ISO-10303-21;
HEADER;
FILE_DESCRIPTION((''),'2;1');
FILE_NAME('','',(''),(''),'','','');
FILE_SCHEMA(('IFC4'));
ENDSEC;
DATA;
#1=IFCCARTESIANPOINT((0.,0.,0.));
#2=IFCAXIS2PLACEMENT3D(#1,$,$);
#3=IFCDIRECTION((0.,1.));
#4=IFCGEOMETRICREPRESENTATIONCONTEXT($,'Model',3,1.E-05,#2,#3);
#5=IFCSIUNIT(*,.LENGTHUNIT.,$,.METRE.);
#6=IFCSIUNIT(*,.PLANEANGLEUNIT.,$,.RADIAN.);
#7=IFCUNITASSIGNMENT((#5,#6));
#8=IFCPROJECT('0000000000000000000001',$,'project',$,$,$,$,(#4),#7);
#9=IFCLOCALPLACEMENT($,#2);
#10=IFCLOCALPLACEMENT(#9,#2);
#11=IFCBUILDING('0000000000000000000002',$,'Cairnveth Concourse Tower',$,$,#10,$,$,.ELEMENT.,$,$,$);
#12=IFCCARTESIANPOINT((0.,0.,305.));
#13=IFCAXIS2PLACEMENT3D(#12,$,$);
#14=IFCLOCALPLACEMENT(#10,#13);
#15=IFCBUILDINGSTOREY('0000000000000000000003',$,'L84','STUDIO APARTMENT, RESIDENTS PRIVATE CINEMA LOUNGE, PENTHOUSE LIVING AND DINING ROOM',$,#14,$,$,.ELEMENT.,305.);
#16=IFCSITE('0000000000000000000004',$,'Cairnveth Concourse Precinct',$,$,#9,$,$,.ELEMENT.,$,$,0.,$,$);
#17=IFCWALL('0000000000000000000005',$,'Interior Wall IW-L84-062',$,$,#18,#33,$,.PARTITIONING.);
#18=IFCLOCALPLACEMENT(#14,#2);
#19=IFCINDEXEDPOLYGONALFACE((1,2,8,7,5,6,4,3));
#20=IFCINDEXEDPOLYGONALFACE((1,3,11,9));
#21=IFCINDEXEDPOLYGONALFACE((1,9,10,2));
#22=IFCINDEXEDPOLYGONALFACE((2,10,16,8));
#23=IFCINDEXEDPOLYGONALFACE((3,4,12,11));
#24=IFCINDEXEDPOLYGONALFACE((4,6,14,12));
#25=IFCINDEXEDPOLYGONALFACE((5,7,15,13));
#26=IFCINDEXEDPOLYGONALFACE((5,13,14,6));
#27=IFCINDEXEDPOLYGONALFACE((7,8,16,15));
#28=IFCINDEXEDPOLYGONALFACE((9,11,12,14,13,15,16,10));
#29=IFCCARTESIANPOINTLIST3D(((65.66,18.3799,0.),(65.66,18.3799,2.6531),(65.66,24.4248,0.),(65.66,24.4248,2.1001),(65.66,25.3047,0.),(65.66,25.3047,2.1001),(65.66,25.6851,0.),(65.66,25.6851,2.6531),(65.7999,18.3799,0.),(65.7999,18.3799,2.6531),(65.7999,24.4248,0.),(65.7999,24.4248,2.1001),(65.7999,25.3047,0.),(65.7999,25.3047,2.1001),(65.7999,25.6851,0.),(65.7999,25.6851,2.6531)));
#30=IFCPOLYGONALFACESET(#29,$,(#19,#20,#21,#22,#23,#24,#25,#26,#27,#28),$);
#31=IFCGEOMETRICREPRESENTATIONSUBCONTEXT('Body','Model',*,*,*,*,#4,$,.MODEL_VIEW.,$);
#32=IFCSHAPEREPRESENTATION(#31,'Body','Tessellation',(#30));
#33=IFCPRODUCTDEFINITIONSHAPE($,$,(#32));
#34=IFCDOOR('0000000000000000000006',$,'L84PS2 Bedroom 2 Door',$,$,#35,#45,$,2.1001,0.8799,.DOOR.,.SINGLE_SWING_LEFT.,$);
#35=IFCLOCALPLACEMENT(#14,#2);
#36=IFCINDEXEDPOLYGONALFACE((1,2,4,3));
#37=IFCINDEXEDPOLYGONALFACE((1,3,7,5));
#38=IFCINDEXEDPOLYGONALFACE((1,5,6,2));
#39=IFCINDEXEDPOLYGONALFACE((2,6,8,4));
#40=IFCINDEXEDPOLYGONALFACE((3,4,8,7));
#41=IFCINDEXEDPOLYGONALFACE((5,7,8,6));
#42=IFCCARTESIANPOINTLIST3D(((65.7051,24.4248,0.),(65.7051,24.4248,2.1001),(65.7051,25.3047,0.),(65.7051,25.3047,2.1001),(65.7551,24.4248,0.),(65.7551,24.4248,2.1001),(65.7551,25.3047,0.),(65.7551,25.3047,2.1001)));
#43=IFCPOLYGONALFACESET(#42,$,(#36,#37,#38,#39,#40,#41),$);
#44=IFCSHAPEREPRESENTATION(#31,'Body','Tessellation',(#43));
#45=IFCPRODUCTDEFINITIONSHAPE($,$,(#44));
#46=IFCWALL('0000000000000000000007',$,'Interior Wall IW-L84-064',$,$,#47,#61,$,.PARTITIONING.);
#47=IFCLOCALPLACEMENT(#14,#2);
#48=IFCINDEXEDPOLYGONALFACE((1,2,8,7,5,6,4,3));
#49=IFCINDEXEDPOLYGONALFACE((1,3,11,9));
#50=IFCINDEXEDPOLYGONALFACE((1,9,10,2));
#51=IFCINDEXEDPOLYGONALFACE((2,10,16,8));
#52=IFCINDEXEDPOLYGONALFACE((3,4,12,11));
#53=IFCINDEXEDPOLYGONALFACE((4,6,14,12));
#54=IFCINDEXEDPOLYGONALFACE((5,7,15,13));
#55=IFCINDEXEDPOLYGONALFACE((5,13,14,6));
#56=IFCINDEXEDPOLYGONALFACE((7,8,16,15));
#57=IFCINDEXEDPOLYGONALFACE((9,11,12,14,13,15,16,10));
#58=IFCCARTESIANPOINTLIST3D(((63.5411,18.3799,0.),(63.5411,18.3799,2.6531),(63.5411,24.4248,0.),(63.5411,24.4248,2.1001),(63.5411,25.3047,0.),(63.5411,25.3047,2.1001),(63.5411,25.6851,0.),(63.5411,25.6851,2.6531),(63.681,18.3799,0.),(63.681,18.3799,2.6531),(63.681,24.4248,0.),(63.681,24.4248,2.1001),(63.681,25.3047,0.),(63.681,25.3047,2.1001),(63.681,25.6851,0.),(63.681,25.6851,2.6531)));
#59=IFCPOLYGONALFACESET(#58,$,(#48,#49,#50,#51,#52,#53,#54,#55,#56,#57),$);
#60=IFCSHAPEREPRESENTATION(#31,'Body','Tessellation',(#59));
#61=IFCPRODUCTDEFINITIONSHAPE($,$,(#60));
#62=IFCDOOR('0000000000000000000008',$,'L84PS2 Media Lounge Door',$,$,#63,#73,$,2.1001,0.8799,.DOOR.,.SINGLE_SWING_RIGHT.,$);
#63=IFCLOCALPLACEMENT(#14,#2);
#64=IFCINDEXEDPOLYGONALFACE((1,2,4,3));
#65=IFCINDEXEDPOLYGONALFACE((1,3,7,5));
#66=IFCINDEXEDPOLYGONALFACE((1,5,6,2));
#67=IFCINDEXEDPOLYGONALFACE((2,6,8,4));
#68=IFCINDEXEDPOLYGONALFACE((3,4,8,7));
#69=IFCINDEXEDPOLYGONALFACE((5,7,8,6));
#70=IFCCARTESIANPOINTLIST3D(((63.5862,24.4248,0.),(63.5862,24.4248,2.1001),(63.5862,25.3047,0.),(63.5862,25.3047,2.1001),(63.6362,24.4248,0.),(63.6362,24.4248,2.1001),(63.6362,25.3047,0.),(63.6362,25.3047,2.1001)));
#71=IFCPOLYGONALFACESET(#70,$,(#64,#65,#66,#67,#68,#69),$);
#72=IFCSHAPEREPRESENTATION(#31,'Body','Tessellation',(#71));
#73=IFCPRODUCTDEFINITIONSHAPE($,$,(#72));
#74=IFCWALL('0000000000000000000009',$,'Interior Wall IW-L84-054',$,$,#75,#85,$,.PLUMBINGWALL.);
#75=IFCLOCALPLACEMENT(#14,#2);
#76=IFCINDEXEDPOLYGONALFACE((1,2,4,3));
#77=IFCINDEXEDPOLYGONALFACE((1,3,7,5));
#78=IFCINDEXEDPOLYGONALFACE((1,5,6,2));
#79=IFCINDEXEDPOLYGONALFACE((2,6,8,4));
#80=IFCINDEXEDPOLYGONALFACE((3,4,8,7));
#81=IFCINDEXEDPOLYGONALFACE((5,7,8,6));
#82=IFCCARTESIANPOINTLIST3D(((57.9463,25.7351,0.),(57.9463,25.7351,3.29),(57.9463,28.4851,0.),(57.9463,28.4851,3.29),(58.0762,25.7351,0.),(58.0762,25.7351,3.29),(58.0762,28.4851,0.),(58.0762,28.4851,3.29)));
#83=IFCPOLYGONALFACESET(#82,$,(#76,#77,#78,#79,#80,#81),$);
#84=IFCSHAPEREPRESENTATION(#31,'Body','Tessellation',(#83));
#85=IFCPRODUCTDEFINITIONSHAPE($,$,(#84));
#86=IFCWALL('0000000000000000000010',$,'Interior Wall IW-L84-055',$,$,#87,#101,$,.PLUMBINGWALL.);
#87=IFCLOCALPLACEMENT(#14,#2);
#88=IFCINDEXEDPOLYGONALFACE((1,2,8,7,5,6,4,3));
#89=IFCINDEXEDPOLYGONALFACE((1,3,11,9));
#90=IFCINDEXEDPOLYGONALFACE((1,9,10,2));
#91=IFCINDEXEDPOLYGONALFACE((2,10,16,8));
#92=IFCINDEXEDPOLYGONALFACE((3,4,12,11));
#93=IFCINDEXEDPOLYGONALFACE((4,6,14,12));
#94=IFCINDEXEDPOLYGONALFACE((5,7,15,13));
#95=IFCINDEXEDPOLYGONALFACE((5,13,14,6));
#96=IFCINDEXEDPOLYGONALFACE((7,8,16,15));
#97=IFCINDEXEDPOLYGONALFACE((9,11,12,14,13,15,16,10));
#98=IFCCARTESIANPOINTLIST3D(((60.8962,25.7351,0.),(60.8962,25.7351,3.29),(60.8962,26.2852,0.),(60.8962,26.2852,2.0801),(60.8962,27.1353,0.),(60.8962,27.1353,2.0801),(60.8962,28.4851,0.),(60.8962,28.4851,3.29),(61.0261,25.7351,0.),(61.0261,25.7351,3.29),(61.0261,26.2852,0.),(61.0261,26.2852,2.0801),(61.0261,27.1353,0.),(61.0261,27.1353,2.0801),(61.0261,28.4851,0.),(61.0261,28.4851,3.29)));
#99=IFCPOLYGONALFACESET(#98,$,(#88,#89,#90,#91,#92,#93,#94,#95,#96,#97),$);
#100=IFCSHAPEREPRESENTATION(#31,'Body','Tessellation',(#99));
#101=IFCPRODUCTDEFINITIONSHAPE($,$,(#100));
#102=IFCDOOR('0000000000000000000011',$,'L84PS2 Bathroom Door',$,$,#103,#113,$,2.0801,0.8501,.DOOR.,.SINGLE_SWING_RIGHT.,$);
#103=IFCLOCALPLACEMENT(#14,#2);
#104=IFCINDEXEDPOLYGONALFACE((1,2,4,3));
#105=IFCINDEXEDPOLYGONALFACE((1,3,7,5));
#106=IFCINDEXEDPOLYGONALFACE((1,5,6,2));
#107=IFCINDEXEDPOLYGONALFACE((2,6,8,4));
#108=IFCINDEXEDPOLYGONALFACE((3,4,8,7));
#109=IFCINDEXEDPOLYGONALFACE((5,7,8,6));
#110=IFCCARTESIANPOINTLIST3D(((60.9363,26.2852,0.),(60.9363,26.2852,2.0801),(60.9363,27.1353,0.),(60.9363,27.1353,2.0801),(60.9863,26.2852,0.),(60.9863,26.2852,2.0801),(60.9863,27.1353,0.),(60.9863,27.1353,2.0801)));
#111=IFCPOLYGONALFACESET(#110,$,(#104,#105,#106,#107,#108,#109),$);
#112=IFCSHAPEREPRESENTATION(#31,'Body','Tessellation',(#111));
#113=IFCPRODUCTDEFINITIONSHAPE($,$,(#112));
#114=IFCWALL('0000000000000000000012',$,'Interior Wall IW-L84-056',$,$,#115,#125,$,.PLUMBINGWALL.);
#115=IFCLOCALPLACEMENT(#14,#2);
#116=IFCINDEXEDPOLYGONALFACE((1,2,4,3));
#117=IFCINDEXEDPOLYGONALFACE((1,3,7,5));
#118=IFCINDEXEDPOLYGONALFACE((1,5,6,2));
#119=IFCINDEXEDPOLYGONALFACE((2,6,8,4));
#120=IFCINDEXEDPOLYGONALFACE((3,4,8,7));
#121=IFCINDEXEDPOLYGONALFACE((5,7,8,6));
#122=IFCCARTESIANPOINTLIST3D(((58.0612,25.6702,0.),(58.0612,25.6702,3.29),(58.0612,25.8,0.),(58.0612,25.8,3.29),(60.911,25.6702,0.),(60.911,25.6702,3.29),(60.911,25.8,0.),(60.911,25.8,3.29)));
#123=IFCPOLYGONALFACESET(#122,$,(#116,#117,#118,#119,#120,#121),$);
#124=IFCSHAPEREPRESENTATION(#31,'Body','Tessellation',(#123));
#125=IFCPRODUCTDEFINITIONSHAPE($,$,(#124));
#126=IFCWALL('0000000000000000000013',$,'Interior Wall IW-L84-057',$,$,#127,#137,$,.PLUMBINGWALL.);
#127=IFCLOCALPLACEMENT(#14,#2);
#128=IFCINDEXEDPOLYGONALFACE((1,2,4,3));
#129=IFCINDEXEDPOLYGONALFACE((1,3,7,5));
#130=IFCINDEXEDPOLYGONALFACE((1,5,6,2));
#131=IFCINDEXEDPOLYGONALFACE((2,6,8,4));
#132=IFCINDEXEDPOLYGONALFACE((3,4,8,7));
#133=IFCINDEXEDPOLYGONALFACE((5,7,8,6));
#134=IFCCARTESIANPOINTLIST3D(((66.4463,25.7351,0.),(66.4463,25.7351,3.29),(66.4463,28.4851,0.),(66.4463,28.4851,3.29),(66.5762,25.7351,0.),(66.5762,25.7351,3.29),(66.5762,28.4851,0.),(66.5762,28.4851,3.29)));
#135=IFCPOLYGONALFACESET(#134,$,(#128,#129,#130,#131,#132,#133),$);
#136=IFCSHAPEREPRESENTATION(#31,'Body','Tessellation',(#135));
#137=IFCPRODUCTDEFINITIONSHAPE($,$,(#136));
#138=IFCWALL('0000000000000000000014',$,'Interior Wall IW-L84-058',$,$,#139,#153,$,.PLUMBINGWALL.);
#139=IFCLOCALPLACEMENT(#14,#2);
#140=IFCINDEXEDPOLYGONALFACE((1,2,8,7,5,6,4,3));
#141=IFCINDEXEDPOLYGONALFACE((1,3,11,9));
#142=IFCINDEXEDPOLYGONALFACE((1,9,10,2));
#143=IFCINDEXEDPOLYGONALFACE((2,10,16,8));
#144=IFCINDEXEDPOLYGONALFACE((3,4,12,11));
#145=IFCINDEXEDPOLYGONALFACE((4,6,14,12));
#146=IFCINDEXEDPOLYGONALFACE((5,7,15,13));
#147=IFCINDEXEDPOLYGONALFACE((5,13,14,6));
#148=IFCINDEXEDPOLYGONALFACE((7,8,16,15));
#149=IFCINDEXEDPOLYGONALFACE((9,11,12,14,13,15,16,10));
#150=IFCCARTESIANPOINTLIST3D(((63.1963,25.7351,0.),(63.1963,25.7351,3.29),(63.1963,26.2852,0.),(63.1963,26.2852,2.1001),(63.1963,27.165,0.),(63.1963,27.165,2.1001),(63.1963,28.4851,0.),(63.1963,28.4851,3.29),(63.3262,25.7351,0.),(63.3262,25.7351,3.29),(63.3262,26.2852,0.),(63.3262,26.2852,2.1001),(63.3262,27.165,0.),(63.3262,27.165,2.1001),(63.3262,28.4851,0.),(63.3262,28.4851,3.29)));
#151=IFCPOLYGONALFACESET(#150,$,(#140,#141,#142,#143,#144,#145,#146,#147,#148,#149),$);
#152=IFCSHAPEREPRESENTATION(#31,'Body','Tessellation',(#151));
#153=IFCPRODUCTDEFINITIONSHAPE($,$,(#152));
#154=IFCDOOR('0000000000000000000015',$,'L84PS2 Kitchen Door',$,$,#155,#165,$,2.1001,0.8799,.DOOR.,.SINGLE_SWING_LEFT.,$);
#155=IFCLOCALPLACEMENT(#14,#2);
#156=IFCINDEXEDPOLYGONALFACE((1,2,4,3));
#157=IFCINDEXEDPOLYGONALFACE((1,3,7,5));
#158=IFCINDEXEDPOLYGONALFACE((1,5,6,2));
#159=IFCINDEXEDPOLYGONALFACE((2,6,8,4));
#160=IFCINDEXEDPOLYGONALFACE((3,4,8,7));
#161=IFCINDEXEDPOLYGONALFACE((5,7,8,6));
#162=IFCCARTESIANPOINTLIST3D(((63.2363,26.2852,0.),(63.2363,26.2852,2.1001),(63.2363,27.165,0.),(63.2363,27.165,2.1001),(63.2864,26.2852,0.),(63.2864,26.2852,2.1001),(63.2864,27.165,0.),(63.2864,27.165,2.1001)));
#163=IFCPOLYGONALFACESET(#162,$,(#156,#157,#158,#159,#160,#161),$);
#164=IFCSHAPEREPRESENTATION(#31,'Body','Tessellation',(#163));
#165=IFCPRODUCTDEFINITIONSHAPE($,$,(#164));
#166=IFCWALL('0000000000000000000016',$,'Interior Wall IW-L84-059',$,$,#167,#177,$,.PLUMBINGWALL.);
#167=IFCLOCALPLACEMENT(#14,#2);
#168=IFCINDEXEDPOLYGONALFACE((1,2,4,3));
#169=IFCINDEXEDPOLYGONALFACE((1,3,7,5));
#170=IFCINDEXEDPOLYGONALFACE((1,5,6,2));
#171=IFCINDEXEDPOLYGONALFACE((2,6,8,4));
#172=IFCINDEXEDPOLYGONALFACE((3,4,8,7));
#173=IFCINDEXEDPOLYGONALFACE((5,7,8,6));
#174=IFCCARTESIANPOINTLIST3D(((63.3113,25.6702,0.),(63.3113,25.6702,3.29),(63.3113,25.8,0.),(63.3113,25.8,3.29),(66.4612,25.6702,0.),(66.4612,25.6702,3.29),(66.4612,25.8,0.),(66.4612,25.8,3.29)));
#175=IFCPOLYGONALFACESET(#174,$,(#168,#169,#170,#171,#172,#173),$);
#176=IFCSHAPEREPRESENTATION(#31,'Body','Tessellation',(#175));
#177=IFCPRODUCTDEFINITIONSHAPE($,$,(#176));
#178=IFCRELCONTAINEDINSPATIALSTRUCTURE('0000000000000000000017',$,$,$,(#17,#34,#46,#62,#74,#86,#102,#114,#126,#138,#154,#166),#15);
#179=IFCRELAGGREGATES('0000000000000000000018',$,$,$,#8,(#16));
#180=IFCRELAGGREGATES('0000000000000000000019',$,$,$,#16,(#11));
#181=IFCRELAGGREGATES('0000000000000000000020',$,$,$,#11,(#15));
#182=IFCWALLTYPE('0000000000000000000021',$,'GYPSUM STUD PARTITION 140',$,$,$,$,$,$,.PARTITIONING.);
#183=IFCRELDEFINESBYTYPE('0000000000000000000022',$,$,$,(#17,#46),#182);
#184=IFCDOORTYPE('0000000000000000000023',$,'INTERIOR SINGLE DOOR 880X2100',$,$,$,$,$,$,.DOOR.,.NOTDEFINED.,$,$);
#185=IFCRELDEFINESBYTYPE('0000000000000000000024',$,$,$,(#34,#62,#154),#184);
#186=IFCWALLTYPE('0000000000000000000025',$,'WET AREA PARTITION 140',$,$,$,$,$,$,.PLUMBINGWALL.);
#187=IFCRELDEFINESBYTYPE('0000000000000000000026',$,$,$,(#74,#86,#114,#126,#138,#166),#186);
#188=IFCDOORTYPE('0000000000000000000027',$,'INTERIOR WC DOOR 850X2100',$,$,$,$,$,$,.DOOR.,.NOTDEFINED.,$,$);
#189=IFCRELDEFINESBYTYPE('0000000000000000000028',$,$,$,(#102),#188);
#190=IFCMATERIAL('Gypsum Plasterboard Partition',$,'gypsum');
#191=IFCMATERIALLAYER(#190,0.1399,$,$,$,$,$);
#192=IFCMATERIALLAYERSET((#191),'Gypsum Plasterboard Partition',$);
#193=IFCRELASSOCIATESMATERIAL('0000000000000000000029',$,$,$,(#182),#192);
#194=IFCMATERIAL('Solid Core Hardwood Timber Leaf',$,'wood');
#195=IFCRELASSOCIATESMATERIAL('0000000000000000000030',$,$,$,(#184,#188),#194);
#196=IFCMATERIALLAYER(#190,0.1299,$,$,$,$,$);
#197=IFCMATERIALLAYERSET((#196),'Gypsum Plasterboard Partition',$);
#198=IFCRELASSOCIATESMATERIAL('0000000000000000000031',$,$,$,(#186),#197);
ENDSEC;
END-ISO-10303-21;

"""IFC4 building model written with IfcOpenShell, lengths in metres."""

from ifc_helpers import new_model, si_unit, direction, frame, frame_2d, origin, place, context, subcontext, project, spatial, rectangle, extrude, material, layer, layer_set, type_object, element, fill, save


model = new_model("IFC4")

# Units and contexts
model_context = context("Model", 3, precision=1e-05, world=origin(), true_north=direction((0.0, 1.0)))
body_context = subcontext(model_context, "Body", "Model", "MODEL_VIEW")
ifc_project = project(units=[si_unit("LENGTHUNIT", "METRE"), si_unit("PLANEANGLEUNIT", "RADIAN")], contexts=[model_context])

# Site, building, storey
site_placement = place(None, origin())
site = spatial("IfcSite", under=ifc_project, at=site_placement, Name="Cairnveth Concourse Precinct", CompositionType="ELEMENT", RefElevation=0.0)
building_placement = place(site_placement, origin())
building = spatial("IfcBuilding", under=site, at=building_placement, Name="Cairnveth Concourse Tower", CompositionType="ELEMENT")
storey_placement = place(building_placement, frame((0.0, 0.0, 305.0)))
storey = spatial("IfcBuildingStorey", under=building, at=storey_placement, Name="L84", Description="STUDIO APARTMENT, RESIDENTS PRIVATE CINEMA LOUNGE, PENTHOUSE LIVING AND DINING ROOM", CompositionType="ELEMENT", Elevation=305.0)

# Walls, openings, doors
ifc_material_1 = material(Name="Gypsum Plasterboard Partition", Category="gypsum")
ifc_layer_1 = layer(ifc_material_1, 0.1399)
ifc_layer_set_1 = layer_set([ifc_layer_1], Name="Gypsum Plasterboard Partition")
wall_type_1 = type_object("IfcWallType", Name="GYPSUM STUD PARTITION 140", PredefinedType="PARTITIONING", material=ifc_layer_set_1)
ifc_material_2 = material(Name="Solid Core Hardwood Timber Leaf", Category="wood")
door_type_1 = type_object("IfcDoorType", Name="INTERIOR SINGLE DOOR 880X2100", OperationType="NOTDEFINED", PredefinedType="DOOR", material=ifc_material_2)
wall_1_placement = place(storey_placement, frame((65.73, 18.3799, 0.0), z_axis=(0.0, 0.0, 1.0), x_axis=(0.0, 1.0, 0.0)))
wall_1 = element("IfcWall", 1, at=wall_1_placement, inside=storey, type_object=wall_type_1, Name="Interior Wall IW-L84-062", PredefinedType="PARTITIONING", context=body_context, shape_type="SweptSolid", body=[
    extrude(rectangle(XDim=7.3052, YDim=0.1399, at=frame_2d((3.6526, 0.0))), origin(), (0.0, 0.0, 1.0), 2.6531),
])
opening_1_placement = place(wall_1_placement, frame((6.0449, 0.0, 0.0)))
opening_1 = element("IfcOpeningElement", 2, at=opening_1_placement, cuts=wall_1, PredefinedType="OPENING", context=body_context, shape_type="SweptSolid", body=[
    extrude(rectangle(XDim=0.8799, YDim=2.1001, at=frame_2d((0.4399, 1.05))), frame((0.0, 0.0798, 0.0), z_axis=(0.0, -1.0, 0.0), x_axis=(1.0, 0.0, 0.0)), (0.0, 0.0, 1.0), 0.1599),
])
door_1_placement = place(opening_1_placement, origin())
door_1 = element("IfcDoor", 3, at=door_1_placement, inside=storey, type_object=door_type_1, Name="L84PS2 Bedroom 2 Door", OperationType="SINGLE_SWING_LEFT", OverallHeight=2.1001, OverallWidth=0.8799, PredefinedType="DOOR", context=body_context, shape_type="SweptSolid", body=[
    extrude(rectangle(XDim=0.8799, YDim=2.1001, at=frame_2d((0.4399, 1.05))), frame((0.0, 0.0249, 0.0), z_axis=(0.0, -1.0, 0.0), x_axis=(1.0, 0.0, 0.0)), (0.0, 0.0, 1.0), 0.05),
])
fill(opening_1, door_1)
wall_2_placement = place(storey_placement, frame((63.6111, 18.3799, 0.0), z_axis=(0.0, 0.0, 1.0), x_axis=(0.0, 1.0, 0.0)))
wall_2 = element("IfcWall", 4, at=wall_2_placement, inside=storey, type_object=wall_type_1, Name="Interior Wall IW-L84-064", PredefinedType="PARTITIONING", context=body_context, shape_type="SweptSolid", body=[
    extrude(rectangle(XDim=7.3052, YDim=0.1399, at=frame_2d((3.6526, 0.0))), origin(), (0.0, 0.0, 1.0), 2.6531),
])
opening_2_placement = place(wall_2_placement, frame((6.0449, 0.0, 0.0)))
opening_2 = element("IfcOpeningElement", 5, at=opening_2_placement, cuts=wall_2, PredefinedType="OPENING", context=body_context, shape_type="SweptSolid", body=[
    extrude(rectangle(XDim=0.8799, YDim=2.1001, at=frame_2d((0.4399, 1.05))), frame((0.0, 0.0798, 0.0), z_axis=(0.0, -1.0, 0.0), x_axis=(1.0, 0.0, 0.0)), (0.0, 0.0, 1.0), 0.1599),
])
door_2_placement = place(opening_2_placement, origin())
door_2 = element("IfcDoor", 6, at=door_2_placement, inside=storey, type_object=door_type_1, Name="L84PS2 Media Lounge Door", OperationType="SINGLE_SWING_RIGHT", OverallHeight=2.1001, OverallWidth=0.8799, PredefinedType="DOOR", context=body_context, shape_type="SweptSolid", body=[
    extrude(rectangle(XDim=0.8799, YDim=2.1001, at=frame_2d((0.4399, 1.05))), frame((0.0, 0.0249, 0.0), z_axis=(0.0, -1.0, 0.0), x_axis=(1.0, 0.0, 0.0)), (0.0, 0.0, 1.0), 0.05),
])
fill(opening_2, door_2)

# Wall
ifc_layer_2 = layer(ifc_material_1, 0.1299)
ifc_layer_set_2 = layer_set([ifc_layer_2], Name="Gypsum Plasterboard Partition")
wall_type_2 = type_object("IfcWallType", Name="WET AREA PARTITION 140", PredefinedType="PLUMBINGWALL", material=ifc_layer_set_2)
wall_3_placement = place(storey_placement, frame((58.0112, 25.7351, 0.0), z_axis=(0.0, 0.0, 1.0), x_axis=(0.0, 1.0, 0.0)))
element("IfcWall", 7, at=wall_3_placement, inside=storey, type_object=wall_type_2, Name="Interior Wall IW-L84-054", PredefinedType="PLUMBINGWALL", context=body_context, shape_type="SweptSolid", body=[
    extrude(rectangle(XDim=2.75, YDim=0.1299, at=frame_2d((1.375, 0.0))), origin(), (0.0, 0.0, 1.0), 3.29),
])

# Wall, opening, door
wall_4_placement = place(storey_placement, frame((60.9612, 25.7351, 0.0), z_axis=(0.0, 0.0, 1.0), x_axis=(0.0, 1.0, 0.0)))
wall_4 = element("IfcWall", 8, at=wall_4_placement, inside=storey, type_object=wall_type_2, Name="Interior Wall IW-L84-055", PredefinedType="PLUMBINGWALL", context=body_context, shape_type="SweptSolid", body=[
    extrude(rectangle(XDim=2.75, YDim=0.1299, at=frame_2d((1.375, 0.0))), origin(), (0.0, 0.0, 1.0), 3.29),
])
opening_3_placement = place(wall_4_placement, frame((0.55, 0.0, 0.0)))
opening_3 = element("IfcOpeningElement", 9, at=opening_3_placement, cuts=wall_4, PredefinedType="OPENING", context=body_context, shape_type="SweptSolid", body=[
    extrude(rectangle(XDim=0.8501, YDim=2.0801, at=frame_2d((0.425, 1.04))), frame((0.0, 0.075, 0.0), z_axis=(0.0, -1.0, 0.0), x_axis=(1.0, 0.0, 0.0)), (0.0, 0.0, 1.0), 0.1499),
])
door_type_2 = type_object("IfcDoorType", Name="INTERIOR WC DOOR 850X2100", OperationType="NOTDEFINED", PredefinedType="DOOR", material=ifc_material_2)
door_3_placement = place(opening_3_placement, origin())
door_3 = element("IfcDoor", 10, at=door_3_placement, inside=storey, type_object=door_type_2, Name="L84PS2 Bathroom Door", OperationType="SINGLE_SWING_RIGHT", OverallHeight=2.0801, OverallWidth=0.8501, PredefinedType="DOOR", context=body_context, shape_type="SweptSolid", body=[
    extrude(rectangle(XDim=0.8501, YDim=2.0801, at=frame_2d((0.425, 1.04))), frame((0.0, 0.0249, 0.0), z_axis=(0.0, -1.0, 0.0), x_axis=(1.0, 0.0, 0.0)), (0.0, 0.0, 1.0), 0.05),
])
fill(opening_3, door_3)

# Walls
wall_5_placement = place(storey_placement, frame((58.0613, 25.7351, 0.0), z_axis=(0.0, 0.0, 1.0), x_axis=(1.0, 0.0, 0.0)))
element("IfcWall", 11, at=wall_5_placement, inside=storey, type_object=wall_type_2, Name="Interior Wall IW-L84-056", PredefinedType="PLUMBINGWALL", context=body_context, shape_type="SweptSolid", body=[
    extrude(rectangle(XDim=2.8499, YDim=0.1299, at=frame_2d((1.4248, 0.0))), origin(), (0.0, 0.0, 1.0), 3.29),
])
wall_6_placement = place(storey_placement, frame((66.5112, 25.7351, 0.0), z_axis=(0.0, 0.0, 1.0), x_axis=(0.0, 1.0, 0.0)))
element("IfcWall", 12, at=wall_6_placement, inside=storey, type_object=wall_type_2, Name="Interior Wall IW-L84-057", PredefinedType="PLUMBINGWALL", context=body_context, shape_type="SweptSolid", body=[
    extrude(rectangle(XDim=2.75, YDim=0.1299, at=frame_2d((1.375, 0.0))), origin(), (0.0, 0.0, 1.0), 3.29),
])

# Wall, opening, door
wall_7_placement = place(storey_placement, frame((63.2612, 25.7351, 0.0), z_axis=(0.0, 0.0, 1.0), x_axis=(0.0, 1.0, 0.0)))
wall_7 = element("IfcWall", 13, at=wall_7_placement, inside=storey, type_object=wall_type_2, Name="Interior Wall IW-L84-058", PredefinedType="PLUMBINGWALL", context=body_context, shape_type="SweptSolid", body=[
    extrude(rectangle(XDim=2.75, YDim=0.1299, at=frame_2d((1.375, 0.0))), origin(), (0.0, 0.0, 1.0), 3.29),
])
opening_4_placement = place(wall_7_placement, frame((0.55, 0.0, 0.0)))
opening_4 = element("IfcOpeningElement", 14, at=opening_4_placement, cuts=wall_7, PredefinedType="OPENING", context=body_context, shape_type="SweptSolid", body=[
    extrude(rectangle(XDim=0.8799, YDim=2.1001, at=frame_2d((0.4399, 1.05))), frame((0.0, 0.075, 0.0), z_axis=(0.0, -1.0, 0.0), x_axis=(1.0, 0.0, 0.0)), (0.0, 0.0, 1.0), 0.1499),
])
door_4_placement = place(opening_4_placement, origin())
door_4 = element("IfcDoor", 15, at=door_4_placement, inside=storey, type_object=door_type_1, Name="L84PS2 Kitchen Door", OperationType="SINGLE_SWING_LEFT", OverallHeight=2.1001, OverallWidth=0.8799, PredefinedType="DOOR", context=body_context, shape_type="SweptSolid", body=[
    extrude(rectangle(XDim=0.8799, YDim=2.1001, at=frame_2d((0.4399, 1.05))), frame((0.0, 0.0249, 0.0), z_axis=(0.0, -1.0, 0.0), x_axis=(1.0, 0.0, 0.0)), (0.0, 0.0, 1.0), 0.05),
])
fill(opening_4, door_4)

# Wall
wall_8_placement = place(storey_placement, frame((63.3113, 25.7351, 0.0), z_axis=(0.0, 0.0, 1.0), x_axis=(1.0, 0.0, 0.0)))
element("IfcWall", 16, at=wall_8_placement, inside=storey, type_object=wall_type_2, Name="Interior Wall IW-L84-059", PredefinedType="PLUMBINGWALL", context=body_context, shape_type="SweptSolid", body=[
    extrude(rectangle(XDim=3.1499, YDim=0.1299, at=frame_2d((1.575, 0.0))), origin(), (0.0, 0.0, 1.0), 3.29),
])

save(model, "model.ifc")
